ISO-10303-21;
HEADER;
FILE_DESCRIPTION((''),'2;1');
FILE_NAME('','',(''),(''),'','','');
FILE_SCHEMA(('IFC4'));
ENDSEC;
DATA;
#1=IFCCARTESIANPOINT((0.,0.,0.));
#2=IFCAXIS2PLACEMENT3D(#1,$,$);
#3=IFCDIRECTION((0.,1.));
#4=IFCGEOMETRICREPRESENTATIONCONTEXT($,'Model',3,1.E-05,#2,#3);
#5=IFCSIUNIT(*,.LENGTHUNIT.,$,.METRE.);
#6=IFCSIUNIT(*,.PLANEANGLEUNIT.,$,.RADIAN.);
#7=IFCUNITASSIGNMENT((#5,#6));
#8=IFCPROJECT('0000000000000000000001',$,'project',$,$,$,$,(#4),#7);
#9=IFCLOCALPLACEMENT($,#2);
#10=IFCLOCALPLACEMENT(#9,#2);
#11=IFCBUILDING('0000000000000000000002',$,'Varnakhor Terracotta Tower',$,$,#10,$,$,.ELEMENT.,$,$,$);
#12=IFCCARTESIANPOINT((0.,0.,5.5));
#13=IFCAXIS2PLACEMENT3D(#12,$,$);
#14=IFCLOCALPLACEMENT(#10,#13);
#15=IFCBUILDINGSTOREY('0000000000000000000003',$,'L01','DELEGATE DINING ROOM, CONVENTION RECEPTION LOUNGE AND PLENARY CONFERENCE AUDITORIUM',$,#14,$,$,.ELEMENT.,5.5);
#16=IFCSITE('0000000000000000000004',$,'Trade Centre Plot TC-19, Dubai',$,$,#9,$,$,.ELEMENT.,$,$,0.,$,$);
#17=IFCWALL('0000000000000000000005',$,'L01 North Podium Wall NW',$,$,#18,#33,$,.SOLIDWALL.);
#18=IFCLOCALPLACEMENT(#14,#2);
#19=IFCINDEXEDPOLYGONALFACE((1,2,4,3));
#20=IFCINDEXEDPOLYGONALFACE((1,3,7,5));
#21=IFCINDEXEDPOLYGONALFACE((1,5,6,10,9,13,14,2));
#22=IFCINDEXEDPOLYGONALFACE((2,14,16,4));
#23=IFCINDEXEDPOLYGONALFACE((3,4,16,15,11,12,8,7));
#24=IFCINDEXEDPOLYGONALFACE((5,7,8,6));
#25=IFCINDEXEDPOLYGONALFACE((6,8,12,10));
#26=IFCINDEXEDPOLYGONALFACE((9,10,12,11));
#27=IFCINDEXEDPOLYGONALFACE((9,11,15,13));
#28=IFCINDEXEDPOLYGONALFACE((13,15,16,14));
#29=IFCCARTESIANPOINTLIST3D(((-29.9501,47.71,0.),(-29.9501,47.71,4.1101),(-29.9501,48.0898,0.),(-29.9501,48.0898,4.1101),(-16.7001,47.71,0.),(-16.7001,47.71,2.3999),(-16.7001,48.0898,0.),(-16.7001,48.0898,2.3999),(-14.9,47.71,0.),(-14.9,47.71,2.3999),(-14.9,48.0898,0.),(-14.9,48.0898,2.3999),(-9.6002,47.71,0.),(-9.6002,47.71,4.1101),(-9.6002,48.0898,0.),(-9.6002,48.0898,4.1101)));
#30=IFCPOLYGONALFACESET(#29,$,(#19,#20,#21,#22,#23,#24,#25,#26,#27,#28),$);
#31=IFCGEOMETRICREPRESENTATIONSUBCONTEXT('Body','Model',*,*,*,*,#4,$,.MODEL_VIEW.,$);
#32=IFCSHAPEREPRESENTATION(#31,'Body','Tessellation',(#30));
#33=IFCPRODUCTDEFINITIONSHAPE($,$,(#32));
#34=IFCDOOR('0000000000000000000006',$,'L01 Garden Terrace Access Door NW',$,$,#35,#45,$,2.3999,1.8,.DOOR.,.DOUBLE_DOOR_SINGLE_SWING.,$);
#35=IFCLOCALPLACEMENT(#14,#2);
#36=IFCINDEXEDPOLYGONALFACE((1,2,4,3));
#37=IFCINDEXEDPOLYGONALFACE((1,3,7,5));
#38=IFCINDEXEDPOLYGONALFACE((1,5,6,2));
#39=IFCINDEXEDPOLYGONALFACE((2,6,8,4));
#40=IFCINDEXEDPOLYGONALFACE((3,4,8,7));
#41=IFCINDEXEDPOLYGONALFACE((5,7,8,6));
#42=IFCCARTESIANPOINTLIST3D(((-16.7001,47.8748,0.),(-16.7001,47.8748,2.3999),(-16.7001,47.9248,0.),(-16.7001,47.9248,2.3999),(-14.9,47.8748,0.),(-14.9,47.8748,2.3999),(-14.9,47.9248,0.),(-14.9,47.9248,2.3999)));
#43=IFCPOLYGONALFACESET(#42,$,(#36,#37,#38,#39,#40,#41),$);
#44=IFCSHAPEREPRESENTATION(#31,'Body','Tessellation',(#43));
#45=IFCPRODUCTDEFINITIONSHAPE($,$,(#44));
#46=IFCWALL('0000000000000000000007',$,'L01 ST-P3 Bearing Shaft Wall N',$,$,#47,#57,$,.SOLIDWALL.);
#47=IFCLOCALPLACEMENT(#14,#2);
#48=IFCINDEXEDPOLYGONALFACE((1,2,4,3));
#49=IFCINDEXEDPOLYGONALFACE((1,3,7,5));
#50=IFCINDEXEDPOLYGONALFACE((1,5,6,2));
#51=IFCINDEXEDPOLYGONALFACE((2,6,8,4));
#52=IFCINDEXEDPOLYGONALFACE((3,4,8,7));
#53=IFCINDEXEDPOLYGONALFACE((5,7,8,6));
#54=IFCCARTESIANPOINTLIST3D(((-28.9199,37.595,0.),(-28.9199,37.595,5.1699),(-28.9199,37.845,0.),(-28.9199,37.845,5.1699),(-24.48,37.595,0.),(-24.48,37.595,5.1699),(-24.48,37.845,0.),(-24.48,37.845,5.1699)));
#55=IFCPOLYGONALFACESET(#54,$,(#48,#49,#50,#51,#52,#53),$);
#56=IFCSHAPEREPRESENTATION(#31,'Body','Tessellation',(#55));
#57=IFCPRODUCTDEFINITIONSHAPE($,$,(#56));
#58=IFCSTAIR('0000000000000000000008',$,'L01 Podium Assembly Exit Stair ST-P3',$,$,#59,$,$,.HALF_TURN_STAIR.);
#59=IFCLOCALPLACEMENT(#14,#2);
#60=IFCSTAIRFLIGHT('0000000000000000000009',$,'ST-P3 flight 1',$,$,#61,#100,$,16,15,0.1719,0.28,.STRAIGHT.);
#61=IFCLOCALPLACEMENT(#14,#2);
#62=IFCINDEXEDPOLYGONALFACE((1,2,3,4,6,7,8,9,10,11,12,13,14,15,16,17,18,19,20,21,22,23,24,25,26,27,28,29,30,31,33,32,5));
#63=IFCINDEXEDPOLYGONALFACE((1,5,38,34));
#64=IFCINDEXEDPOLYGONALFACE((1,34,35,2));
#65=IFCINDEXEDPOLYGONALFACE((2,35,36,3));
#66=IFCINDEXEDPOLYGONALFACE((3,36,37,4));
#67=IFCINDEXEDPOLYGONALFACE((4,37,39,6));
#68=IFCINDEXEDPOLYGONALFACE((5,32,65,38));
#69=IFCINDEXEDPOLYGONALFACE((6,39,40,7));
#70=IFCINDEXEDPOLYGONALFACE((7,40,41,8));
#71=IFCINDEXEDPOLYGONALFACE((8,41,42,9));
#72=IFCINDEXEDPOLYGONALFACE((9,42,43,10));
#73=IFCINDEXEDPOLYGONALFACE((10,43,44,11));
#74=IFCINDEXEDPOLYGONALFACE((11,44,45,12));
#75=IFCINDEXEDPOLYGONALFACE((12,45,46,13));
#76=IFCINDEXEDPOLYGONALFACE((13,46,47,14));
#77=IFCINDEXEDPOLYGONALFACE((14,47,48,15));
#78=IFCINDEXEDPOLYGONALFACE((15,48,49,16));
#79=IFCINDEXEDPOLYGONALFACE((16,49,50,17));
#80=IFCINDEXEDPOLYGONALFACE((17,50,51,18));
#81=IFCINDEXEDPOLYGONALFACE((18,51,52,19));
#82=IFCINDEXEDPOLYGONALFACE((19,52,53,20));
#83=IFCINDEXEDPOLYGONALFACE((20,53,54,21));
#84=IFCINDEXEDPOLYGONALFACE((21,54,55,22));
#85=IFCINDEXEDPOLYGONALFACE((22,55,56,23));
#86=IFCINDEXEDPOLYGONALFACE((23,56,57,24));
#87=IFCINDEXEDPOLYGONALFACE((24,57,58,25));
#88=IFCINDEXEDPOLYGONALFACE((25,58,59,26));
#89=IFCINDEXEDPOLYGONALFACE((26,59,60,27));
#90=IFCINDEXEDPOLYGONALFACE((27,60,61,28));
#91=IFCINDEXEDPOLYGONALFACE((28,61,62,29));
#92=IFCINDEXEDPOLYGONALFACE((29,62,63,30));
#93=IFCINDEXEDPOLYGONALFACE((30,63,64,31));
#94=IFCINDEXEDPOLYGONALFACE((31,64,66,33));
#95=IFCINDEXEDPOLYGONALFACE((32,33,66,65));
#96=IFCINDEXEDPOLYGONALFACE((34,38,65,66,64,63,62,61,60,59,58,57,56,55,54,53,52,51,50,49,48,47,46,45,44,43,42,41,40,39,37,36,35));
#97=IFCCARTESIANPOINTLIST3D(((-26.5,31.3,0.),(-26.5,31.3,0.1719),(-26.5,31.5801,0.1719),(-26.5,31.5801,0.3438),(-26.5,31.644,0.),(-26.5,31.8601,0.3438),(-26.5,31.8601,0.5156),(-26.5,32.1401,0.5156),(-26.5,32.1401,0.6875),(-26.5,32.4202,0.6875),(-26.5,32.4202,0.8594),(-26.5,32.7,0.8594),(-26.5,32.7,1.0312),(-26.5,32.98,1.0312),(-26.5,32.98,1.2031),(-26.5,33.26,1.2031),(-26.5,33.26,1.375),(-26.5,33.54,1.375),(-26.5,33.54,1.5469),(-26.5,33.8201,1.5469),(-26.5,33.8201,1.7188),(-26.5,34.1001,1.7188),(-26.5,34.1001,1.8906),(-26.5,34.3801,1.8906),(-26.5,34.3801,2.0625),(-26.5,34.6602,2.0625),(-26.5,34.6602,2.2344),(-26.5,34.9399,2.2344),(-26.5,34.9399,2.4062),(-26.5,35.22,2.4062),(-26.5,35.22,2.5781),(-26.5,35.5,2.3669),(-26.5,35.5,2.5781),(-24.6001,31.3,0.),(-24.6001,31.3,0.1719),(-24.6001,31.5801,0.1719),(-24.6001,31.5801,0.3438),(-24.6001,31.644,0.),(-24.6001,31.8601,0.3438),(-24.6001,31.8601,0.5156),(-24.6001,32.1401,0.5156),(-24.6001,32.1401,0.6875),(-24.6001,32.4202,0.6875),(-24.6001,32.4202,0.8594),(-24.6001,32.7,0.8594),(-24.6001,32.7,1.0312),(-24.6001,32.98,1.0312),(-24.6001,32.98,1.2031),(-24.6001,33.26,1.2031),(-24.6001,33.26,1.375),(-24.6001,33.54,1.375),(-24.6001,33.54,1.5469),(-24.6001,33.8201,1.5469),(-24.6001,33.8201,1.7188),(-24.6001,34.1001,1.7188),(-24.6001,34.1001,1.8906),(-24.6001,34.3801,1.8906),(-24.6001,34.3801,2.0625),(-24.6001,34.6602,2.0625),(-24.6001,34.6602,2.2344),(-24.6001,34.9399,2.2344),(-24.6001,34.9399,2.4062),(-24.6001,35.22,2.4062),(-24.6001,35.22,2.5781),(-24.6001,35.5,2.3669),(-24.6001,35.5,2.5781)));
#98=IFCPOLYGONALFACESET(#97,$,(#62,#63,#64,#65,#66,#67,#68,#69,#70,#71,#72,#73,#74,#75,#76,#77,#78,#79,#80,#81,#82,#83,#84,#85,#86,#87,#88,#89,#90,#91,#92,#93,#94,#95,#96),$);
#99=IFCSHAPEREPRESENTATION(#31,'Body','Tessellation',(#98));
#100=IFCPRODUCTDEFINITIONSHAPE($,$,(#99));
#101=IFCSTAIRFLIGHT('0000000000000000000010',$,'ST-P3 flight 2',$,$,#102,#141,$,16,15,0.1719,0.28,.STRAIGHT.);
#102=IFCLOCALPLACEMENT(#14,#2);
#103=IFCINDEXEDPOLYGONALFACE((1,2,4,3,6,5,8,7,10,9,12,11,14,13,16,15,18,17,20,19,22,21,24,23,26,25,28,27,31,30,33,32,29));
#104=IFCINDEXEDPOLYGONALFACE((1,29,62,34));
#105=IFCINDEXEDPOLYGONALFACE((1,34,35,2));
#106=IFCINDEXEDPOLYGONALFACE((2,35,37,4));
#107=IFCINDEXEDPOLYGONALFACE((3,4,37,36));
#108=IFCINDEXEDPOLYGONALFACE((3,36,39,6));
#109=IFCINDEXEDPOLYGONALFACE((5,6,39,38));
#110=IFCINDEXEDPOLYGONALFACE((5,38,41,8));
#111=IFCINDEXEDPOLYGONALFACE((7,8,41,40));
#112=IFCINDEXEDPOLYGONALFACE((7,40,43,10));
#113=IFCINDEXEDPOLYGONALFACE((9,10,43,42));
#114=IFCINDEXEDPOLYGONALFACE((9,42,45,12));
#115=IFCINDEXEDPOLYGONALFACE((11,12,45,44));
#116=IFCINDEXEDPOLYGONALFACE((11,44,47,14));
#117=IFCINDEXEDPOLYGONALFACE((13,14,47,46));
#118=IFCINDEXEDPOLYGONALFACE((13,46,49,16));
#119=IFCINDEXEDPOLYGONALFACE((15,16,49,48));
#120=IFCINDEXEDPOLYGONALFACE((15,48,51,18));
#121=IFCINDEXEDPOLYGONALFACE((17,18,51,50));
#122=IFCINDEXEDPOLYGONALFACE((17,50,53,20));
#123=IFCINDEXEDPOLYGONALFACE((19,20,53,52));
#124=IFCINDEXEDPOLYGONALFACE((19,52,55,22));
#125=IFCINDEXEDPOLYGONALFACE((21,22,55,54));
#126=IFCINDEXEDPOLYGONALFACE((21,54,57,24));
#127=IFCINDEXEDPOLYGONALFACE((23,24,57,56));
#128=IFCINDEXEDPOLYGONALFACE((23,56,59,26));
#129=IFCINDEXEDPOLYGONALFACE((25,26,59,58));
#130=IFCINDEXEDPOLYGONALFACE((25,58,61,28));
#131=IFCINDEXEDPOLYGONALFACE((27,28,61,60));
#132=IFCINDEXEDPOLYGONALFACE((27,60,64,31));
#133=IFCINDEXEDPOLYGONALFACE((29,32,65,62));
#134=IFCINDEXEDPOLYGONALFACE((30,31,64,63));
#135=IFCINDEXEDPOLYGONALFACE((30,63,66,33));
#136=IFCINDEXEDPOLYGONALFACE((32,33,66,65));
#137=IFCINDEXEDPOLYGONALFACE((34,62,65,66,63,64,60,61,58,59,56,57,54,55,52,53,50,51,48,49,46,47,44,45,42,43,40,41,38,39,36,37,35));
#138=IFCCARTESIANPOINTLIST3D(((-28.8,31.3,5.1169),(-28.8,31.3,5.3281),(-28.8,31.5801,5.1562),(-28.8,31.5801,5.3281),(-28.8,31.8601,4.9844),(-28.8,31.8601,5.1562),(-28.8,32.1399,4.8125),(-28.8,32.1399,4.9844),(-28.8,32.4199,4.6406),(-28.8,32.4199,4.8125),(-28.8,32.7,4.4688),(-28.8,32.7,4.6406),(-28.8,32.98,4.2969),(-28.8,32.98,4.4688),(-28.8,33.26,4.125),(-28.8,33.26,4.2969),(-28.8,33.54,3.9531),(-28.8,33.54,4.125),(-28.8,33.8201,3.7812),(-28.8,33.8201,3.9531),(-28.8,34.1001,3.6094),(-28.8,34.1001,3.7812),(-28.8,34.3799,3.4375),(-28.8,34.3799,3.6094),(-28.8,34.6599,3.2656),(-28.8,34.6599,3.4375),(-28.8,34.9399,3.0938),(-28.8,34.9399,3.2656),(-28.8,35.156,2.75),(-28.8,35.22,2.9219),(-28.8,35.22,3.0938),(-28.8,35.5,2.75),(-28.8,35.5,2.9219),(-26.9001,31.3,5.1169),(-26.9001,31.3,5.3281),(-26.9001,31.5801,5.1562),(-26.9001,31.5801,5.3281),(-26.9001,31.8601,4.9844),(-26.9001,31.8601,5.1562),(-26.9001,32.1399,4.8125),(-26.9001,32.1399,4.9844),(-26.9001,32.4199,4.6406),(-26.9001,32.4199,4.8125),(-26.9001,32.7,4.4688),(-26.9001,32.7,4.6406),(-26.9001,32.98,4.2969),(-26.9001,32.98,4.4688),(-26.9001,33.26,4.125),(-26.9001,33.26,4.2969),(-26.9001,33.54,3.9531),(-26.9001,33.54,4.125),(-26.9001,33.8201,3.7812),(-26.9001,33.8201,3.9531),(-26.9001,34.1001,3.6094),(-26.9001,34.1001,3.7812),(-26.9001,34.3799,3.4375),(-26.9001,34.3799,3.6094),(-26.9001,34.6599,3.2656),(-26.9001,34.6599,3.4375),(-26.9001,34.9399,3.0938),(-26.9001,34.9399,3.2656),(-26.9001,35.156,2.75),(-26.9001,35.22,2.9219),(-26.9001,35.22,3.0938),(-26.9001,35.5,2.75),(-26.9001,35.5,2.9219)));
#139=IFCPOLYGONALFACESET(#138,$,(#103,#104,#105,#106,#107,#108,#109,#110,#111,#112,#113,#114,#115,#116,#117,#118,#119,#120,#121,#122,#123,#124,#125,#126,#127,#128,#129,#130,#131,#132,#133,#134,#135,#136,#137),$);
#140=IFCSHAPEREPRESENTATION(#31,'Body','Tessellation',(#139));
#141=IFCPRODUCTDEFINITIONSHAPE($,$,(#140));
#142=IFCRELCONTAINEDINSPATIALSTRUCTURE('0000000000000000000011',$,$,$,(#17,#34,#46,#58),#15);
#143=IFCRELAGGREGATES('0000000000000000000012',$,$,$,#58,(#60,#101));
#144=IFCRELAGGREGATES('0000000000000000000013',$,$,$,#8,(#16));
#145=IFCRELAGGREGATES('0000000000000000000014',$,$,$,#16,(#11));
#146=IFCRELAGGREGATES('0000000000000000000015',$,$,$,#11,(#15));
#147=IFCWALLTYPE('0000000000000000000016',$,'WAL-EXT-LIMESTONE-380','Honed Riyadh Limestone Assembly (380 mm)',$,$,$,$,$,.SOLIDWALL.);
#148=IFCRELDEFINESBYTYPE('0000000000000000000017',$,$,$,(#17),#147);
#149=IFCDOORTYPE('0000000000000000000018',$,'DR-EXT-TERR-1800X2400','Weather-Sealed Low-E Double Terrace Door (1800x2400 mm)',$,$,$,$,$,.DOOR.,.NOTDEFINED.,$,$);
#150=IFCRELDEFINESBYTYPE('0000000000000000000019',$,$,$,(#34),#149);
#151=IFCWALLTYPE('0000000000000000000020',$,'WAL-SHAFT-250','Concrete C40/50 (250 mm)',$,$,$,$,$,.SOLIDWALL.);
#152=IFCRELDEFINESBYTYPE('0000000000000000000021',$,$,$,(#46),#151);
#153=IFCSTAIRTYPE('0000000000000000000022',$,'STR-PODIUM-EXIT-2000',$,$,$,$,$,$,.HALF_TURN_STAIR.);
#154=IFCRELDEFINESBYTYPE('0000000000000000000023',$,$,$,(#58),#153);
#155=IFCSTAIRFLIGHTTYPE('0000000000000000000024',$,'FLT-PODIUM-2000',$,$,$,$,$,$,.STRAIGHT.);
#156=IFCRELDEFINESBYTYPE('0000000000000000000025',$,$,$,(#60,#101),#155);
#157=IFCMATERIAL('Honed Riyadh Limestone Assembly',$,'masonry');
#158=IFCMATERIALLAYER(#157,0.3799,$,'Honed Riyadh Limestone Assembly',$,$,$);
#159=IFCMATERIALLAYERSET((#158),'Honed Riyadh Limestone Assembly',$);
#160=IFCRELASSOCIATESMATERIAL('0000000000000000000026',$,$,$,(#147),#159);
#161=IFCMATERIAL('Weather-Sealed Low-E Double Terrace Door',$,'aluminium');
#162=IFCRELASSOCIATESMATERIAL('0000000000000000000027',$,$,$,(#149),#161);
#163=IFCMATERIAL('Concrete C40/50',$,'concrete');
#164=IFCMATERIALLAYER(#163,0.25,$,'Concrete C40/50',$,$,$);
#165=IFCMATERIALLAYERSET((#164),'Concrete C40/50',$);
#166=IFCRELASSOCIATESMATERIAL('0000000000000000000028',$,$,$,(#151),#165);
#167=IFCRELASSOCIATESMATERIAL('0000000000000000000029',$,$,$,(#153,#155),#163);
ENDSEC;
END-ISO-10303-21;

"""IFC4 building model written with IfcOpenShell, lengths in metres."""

from ifc_helpers import new_model, si_unit, direction, frame, frame_2d, origin, place, context, subcontext, project, spatial, polyline, rectangle, outline, extrude, source, transform, mapped, material, layer, layer_set, type_object, type_shapes, element, fill, aggregate, save


model = new_model("IFC4")

# Units and contexts
model_context = context("Model", 3, precision=1e-05, world=origin(), true_north=direction((0.0, 1.0)))
body_context = subcontext(model_context, "Body", "Model", "MODEL_VIEW")
ifc_project = project(units=[si_unit("LENGTHUNIT", "METRE"), si_unit("PLANEANGLEUNIT", "RADIAN")], contexts=[model_context])

# Site, building, storey
site_placement = place(None, origin())
site = spatial("IfcSite", under=ifc_project, at=site_placement, Name="Trade Centre Plot TC-19, Dubai", CompositionType="ELEMENT", RefElevation=0.0)
building_placement = place(site_placement, origin())
building = spatial("IfcBuilding", under=site, at=building_placement, Name="Varnakhor Terracotta Tower", CompositionType="ELEMENT")
storey_placement = place(building_placement, frame((0.0, 0.0, 5.5)))
storey = spatial("IfcBuildingStorey", under=building, at=storey_placement, Name="L01", Description="DELEGATE DINING ROOM, CONVENTION RECEPTION LOUNGE AND PLENARY CONFERENCE AUDITORIUM", CompositionType="ELEMENT", Elevation=5.5)

# Shared definitions
ifc_material_1 = material(Name="Honed Riyadh Limestone Assembly", Category="masonry")
ifc_layer_1 = layer(ifc_material_1, 0.3799, Name="Honed Riyadh Limestone Assembly")
ifc_layer_set_1 = layer_set([ifc_layer_1], Name="Honed Riyadh Limestone Assembly")
wall_type_1 = type_object("IfcWallType", Name="WAL-EXT-LIMESTONE-380", Description="Honed Riyadh Limestone Assembly (380 mm)", PredefinedType="SOLIDWALL", material=ifc_layer_set_1)

# Wall, opening, door
wall_1_placement = place(storey_placement, frame((-29.95, 47.8999, 0.0), z_axis=(0.0, 0.0, 1.0), x_axis=(1.0, 0.0, 0.0)))
wall_1 = element("IfcWall", 1, at=wall_1_placement, inside=storey, type_object=wall_type_1, Name="L01 North Podium Wall NW", PredefinedType="SOLIDWALL", context=body_context, shape_type="SweptSolid", body=[
    extrude(rectangle(XDim=20.3499, YDim=0.3799, at=frame_2d((10.1748, 0.0))), origin(), (0.0, 0.0, 1.0), 4.1101),
])
opening_1_placement = place(wall_1_placement, frame((13.25, 0.0, 0.0)))
opening_1 = element("IfcOpeningElement", 2, at=opening_1_placement, cuts=wall_1, PredefinedType="OPENING", context=body_context, shape_type="SweptSolid", body=[
    extrude(rectangle(XDim=1.8, YDim=2.3999, at=frame_2d((0.8999, 1.2))), frame((0.0, 0.2, 0.0), z_axis=(0.0, -1.0, 0.0), x_axis=(1.0, 0.0, 0.0)), (0.0, 0.0, 1.0), 0.3999),
])
ifc_material_2 = material(Name="Weather-Sealed Low-E Double Terrace Door", Category="aluminium")
door_type_1 = type_object("IfcDoorType", Name="DR-EXT-TERR-1800X2400", Description="Weather-Sealed Low-E Double Terrace Door (1800x2400 mm)", OperationType="NOTDEFINED", PredefinedType="DOOR", material=ifc_material_2)
shared_shape_1 = source(origin(), body_context, "Body", "SweptSolid", [
    extrude(rectangle(XDim=1.8, YDim=2.3999, at=frame_2d((0.8999, 1.2))), frame((0.0, 0.0249, 0.0), z_axis=(0.0, -1.0, 0.0), x_axis=(1.0, 0.0, 0.0)), (0.0, 0.0, 1.0), 0.05),
])
type_shapes(door_type_1, [shared_shape_1])
door_1_placement = place(opening_1_placement, origin())
door_1 = element("IfcDoor", 3, at=door_1_placement, inside=storey, type_object=door_type_1, Name="L01 Garden Terrace Access Door NW", OperationType="DOUBLE_DOOR_SINGLE_SWING", OverallHeight=2.3999, OverallWidth=1.8, PredefinedType="DOOR", context=body_context, shape_type="MappedRepresentation", body=[
    mapped(shared_shape_1, transform((0.0, 0.0, 0.0), scale=1.0)),
])
fill(opening_1, door_1)

# Wall
ifc_material_3 = material(Name="Concrete C40/50", Category="concrete")
ifc_layer_2 = layer(ifc_material_3, 0.25, Name="Concrete C40/50")
ifc_layer_set_2 = layer_set([ifc_layer_2], Name="Concrete C40/50")
wall_type_2 = type_object("IfcWallType", Name="WAL-SHAFT-250", Description="Concrete C40/50 (250 mm)", PredefinedType="SOLIDWALL", material=ifc_layer_set_2)
wall_2_placement = place(storey_placement, frame((-24.48, 37.72, 0.0), z_axis=(0.0, 0.0, 1.0), x_axis=(-1.0, 0.0, 0.0)))
element("IfcWall", 4, at=wall_2_placement, inside=storey, type_object=wall_type_2, Name="L01 ST-P3 Bearing Shaft Wall N", PredefinedType="SOLIDWALL", context=body_context, shape_type="SweptSolid", body=[
    extrude(rectangle(XDim=4.4399, YDim=0.25, at=frame_2d((2.22, 0.0))), origin(), (0.0, 0.0, 1.0), 5.1699),
])

# Stair, stair flights
stair_type = type_object("IfcStairType", Name="STR-PODIUM-EXIT-2000", PredefinedType="HALF_TURN_STAIR", material=ifc_material_3)
stair_placement = place(storey_placement, origin())
stair = element("IfcStair", 5, at=stair_placement, inside=storey, type_object=stair_type, Name="L01 Podium Assembly Exit Stair ST-P3", PredefinedType="HALF_TURN_STAIR")
stair_flight_type = type_object("IfcStairFlightType", Name="FLT-PODIUM-2000", PredefinedType="STRAIGHT", material=ifc_material_3)
stair_flight_1_placement = place(storey_placement, frame((-25.55, 31.3, 0.0), z_axis=(0.0, 0.0, 1.0), x_axis=(0.0, 1.0, 0.0)))
stair_flight_1 = element("IfcStairFlight", 6, at=stair_flight_1_placement, type_object=stair_flight_type, Name="ST-P3 flight 1", NumberOfRisers=16, NumberOfTreads=15, PredefinedType="STRAIGHT", RiserHeight=0.1719, TreadLength=0.28, context=body_context, shape_type="SweptSolid", body=[
    extrude(outline(polyline([(0.0, 0.0), (0.0, 0.1719), (0.28, 0.1719), (0.28, 0.3438), (0.5601, 0.3438), (0.5601, 0.5156), (0.8401, 0.5156), (0.8401, 0.6875), (1.1201, 0.6875), (1.1201, 0.8594), (1.3999, 0.8594), (1.3999, 1.0312), (1.6799, 1.0312), (1.6799, 1.2031), (1.96, 1.2031), (1.96, 1.375), (2.24, 1.375), (2.24, 1.5469), (2.52, 1.5469), (2.52, 1.7188), (2.8, 1.7188), (2.8, 1.8906), (3.0801, 1.8906), (3.0801, 2.0625), (3.3601, 2.0625), (3.3601, 2.2344), (3.6399, 2.2344), (3.6399, 2.4062), (3.9199, 2.4062), (3.9199, 2.5781), (4.2, 2.5781), (4.2, 2.75), (4.2, 2.3669), (0.344, 0.0), (0.0, 0.0)])), frame((0.0, 0.95, 0.0), z_axis=(0.0, -1.0, 0.0), x_axis=(1.0, 0.0, 0.0)), (0.0, 0.0, 1.0), 1.8999),
])
stair_flight_2_placement = place(storey_placement, frame((-27.8501, 35.5, 2.75), z_axis=(0.0, 0.0, 1.0), x_axis=(0.0, -1.0, 0.0)))
stair_flight_2 = element("IfcStairFlight", 7, at=stair_flight_2_placement, type_object=stair_flight_type, Name="ST-P3 flight 2", NumberOfRisers=16, NumberOfTreads=15, PredefinedType="STRAIGHT", RiserHeight=0.1719, TreadLength=0.28, context=body_context, shape_type="SweptSolid", body=[
    extrude(outline(polyline([(0.0, 0.0), (0.0, 0.1719), (0.28, 0.1719), (0.28, 0.3438), (0.5601, 0.3438), (0.5601, 0.5156), (0.8401, 0.5156), (0.8401, 0.6875), (1.1201, 0.6875), (1.1201, 0.8594), (1.3999, 0.8594), (1.3999, 1.0312), (1.6799, 1.0312), (1.6799, 1.2031), (1.96, 1.2031), (1.96, 1.375), (2.24, 1.375), (2.24, 1.5469), (2.52, 1.5469), (2.52, 1.7188), (2.8, 1.7188), (2.8, 1.8906), (3.0801, 1.8906), (3.0801, 2.0625), (3.3601, 2.0625), (3.3601, 2.2344), (3.6399, 2.2344), (3.6399, 2.4062), (3.9199, 2.4062), (3.9199, 2.5781), (4.2, 2.5781), (4.2, 2.75), (4.2, 2.3669), (0.344, 0.0), (0.0, 0.0)])), frame((0.0, 0.95, 0.0), z_axis=(0.0, -1.0, 0.0), x_axis=(1.0, 0.0, 0.0)), (0.0, 0.0, 1.0), 1.8999),
])
aggregate(stair, [stair_flight_1, stair_flight_2])

save(model, "model.ifc")
